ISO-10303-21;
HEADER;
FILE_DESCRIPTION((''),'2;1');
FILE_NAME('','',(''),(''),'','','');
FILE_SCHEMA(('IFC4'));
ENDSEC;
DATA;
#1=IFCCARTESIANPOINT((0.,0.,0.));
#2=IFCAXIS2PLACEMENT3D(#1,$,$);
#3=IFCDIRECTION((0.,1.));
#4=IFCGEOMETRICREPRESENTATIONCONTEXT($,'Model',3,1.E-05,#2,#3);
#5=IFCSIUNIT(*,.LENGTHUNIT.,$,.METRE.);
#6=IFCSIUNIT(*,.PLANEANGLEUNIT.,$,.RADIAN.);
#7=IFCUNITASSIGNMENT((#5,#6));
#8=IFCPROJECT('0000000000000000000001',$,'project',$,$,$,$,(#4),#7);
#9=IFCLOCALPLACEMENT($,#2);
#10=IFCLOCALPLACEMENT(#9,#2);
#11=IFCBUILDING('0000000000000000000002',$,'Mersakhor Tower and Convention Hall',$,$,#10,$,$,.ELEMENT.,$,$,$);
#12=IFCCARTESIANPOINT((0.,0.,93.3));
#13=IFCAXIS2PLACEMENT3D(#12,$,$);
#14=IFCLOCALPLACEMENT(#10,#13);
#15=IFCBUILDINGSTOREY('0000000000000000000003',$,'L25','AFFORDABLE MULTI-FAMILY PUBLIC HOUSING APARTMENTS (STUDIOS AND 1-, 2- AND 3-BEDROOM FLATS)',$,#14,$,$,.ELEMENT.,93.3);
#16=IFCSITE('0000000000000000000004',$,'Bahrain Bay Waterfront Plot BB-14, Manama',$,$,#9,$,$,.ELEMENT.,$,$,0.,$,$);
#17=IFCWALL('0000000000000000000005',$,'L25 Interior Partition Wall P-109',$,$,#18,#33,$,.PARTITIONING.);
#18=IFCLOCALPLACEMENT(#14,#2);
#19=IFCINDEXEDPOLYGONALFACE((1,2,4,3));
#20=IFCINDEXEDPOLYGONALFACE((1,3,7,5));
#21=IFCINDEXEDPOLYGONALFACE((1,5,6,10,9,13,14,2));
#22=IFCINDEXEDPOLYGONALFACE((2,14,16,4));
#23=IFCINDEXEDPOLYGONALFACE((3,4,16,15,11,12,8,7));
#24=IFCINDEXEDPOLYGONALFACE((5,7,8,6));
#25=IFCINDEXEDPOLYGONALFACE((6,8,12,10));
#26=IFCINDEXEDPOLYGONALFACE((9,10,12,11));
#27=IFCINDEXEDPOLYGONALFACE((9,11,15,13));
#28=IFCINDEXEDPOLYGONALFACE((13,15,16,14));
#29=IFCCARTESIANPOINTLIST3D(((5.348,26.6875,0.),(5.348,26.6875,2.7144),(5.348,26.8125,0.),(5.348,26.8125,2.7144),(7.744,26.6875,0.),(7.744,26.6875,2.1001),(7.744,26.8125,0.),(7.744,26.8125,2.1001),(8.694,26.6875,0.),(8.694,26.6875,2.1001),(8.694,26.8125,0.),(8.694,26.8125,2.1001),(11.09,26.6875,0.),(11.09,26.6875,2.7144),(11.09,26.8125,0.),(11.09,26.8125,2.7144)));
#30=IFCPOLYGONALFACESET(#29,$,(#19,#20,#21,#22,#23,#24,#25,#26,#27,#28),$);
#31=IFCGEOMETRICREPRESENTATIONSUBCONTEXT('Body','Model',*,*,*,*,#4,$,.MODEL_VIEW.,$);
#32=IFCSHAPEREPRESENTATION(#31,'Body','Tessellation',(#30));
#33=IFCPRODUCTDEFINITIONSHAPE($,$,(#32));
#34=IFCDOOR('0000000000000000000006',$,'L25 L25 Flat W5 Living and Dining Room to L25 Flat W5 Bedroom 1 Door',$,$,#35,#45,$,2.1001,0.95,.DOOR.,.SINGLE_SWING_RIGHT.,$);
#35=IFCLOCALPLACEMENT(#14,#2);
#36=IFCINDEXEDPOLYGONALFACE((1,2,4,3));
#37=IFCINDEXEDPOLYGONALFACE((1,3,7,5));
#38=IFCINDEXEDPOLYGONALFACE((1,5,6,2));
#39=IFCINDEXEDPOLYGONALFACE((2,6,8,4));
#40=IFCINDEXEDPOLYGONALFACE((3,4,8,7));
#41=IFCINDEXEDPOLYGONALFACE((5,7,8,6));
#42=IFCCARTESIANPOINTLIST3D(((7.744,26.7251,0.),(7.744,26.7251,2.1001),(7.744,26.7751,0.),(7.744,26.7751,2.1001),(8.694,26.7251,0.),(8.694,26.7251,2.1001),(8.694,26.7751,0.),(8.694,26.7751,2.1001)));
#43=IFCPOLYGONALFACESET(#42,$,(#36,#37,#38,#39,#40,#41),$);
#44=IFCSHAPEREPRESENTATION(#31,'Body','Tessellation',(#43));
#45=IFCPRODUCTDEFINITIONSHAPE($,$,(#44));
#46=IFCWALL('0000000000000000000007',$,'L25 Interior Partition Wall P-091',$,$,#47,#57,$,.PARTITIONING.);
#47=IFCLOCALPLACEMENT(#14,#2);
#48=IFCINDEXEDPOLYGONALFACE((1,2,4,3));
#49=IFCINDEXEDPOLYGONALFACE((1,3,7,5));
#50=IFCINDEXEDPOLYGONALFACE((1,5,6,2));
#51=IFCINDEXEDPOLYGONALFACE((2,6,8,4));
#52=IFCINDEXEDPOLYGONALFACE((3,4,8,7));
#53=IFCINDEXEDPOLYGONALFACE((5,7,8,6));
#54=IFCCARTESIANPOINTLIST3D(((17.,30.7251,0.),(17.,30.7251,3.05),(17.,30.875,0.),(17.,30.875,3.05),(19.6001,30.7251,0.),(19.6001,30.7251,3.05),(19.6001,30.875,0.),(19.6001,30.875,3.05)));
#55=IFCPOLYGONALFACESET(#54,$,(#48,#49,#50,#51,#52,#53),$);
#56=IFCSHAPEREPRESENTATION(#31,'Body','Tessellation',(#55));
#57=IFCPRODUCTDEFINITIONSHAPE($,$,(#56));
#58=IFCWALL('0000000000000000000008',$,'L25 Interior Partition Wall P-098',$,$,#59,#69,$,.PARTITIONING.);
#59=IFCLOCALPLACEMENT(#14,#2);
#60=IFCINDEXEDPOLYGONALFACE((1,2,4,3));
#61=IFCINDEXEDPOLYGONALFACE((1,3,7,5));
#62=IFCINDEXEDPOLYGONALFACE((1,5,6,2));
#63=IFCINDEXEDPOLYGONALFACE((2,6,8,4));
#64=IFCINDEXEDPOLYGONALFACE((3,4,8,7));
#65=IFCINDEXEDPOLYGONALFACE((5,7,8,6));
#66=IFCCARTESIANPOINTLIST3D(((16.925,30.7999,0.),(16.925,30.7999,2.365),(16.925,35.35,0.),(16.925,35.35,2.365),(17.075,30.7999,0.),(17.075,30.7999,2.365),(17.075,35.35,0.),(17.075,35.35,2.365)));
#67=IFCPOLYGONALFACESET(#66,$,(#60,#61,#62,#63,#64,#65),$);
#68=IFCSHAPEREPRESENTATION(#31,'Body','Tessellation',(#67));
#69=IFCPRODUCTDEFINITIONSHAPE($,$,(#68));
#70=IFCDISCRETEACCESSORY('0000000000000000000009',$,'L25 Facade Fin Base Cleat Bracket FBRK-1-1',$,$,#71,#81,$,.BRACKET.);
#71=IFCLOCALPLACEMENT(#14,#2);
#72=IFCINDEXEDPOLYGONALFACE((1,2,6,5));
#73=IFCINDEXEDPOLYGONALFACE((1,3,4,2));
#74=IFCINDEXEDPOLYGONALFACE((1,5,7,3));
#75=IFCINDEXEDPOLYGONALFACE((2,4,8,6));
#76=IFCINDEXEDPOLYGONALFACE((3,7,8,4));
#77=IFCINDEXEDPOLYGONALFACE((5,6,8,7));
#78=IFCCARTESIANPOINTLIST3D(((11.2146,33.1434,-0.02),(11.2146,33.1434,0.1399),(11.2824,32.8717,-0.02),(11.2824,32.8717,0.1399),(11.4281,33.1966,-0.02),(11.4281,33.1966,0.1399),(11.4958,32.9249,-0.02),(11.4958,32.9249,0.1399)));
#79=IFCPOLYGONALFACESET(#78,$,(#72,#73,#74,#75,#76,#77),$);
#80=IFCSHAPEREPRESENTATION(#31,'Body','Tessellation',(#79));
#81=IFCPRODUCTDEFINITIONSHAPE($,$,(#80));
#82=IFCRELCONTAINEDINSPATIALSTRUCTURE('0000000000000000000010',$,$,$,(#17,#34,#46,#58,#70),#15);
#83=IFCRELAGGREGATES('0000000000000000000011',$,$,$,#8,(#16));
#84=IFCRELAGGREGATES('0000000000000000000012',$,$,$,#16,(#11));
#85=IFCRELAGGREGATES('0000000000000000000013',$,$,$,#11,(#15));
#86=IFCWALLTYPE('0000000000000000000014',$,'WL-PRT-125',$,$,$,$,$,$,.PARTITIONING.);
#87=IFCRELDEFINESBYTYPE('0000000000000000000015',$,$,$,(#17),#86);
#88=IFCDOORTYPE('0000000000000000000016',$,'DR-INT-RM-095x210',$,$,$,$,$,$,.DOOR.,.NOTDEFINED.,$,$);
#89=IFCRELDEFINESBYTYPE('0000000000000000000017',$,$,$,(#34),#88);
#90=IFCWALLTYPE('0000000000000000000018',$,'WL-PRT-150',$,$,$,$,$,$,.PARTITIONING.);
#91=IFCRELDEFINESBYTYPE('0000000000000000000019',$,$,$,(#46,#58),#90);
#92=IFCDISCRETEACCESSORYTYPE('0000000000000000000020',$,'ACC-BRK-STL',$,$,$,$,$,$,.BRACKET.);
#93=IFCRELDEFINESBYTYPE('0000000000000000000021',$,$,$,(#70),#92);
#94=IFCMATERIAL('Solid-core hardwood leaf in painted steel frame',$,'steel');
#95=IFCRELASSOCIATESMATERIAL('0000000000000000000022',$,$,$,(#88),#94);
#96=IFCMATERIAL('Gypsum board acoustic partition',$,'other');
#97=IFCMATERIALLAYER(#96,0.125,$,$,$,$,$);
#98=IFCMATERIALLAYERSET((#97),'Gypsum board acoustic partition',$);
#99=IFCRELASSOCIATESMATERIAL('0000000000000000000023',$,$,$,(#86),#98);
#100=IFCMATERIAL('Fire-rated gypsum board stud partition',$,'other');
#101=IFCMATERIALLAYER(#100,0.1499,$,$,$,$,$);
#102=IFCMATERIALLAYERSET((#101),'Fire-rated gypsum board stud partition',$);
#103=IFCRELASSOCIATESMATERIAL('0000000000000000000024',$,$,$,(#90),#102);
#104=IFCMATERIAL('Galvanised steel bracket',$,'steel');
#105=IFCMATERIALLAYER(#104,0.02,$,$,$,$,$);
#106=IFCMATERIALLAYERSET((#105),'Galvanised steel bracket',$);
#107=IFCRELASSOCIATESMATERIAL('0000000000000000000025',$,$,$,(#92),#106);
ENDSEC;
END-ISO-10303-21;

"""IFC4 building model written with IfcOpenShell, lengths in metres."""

from ifc_helpers import new_model, si_unit, direction, frame, frame_2d, origin, origin_2d, place, context, subcontext, project, spatial, rectangle, extrude, material, layer, layer_set, type_object, element, fill, save


model = new_model("IFC4")

# Units and contexts
model_context = context("Model", 3, precision=1e-05, world=origin(), true_north=direction((0.0, 1.0)))
body_context = subcontext(model_context, "Body", "Model", "MODEL_VIEW")
ifc_project = project(units=[si_unit("LENGTHUNIT", "METRE"), si_unit("PLANEANGLEUNIT", "RADIAN")], contexts=[model_context])

# Site, building, storey
site_placement = place(None, origin())
site = spatial("IfcSite", under=ifc_project, at=site_placement, Name="Bahrain Bay Waterfront Plot BB-14, Manama", CompositionType="ELEMENT", RefElevation=0.0)
building_placement = place(site_placement, origin())
building = spatial("IfcBuilding", under=site, at=building_placement, Name="Mersakhor Tower and Convention Hall", CompositionType="ELEMENT")
storey_placement = place(building_placement, frame((0.0, 0.0, 93.3)))
storey = spatial("IfcBuildingStorey", under=building, at=storey_placement, Name="L25", Description="AFFORDABLE MULTI-FAMILY PUBLIC HOUSING APARTMENTS (STUDIOS AND 1-, 2- AND 3-BEDROOM FLATS)", CompositionType="ELEMENT", Elevation=93.3)

# Wall, opening, door
ifc_material_1 = material(Name="Solid-core hardwood leaf in painted steel frame", Category="steel")
door_type_1 = type_object("IfcDoorType", Name="DR-INT-RM-095x210", OperationType="NOTDEFINED", PredefinedType="DOOR", material=ifc_material_1)
ifc_material_2 = material(Name="Gypsum board acoustic partition", Category="other")
ifc_layer_1 = layer(ifc_material_2, 0.125)
ifc_layer_set_1 = layer_set([ifc_layer_1], Name="Gypsum board acoustic partition")
wall_type_1 = type_object("IfcWallType", Name="WL-PRT-125", PredefinedType="PARTITIONING", material=ifc_layer_set_1)
wall_1_placement = place(storey_placement, frame((11.0901, 26.75, 0.0), z_axis=(0.0, 0.0, 1.0), x_axis=(-1.0, 0.0, 0.0)))
wall_1 = element("IfcWall", 1, at=wall_1_placement, inside=storey, type_object=wall_type_1, Name="L25 Interior Partition Wall P-109", PredefinedType="PARTITIONING", context=body_context, shape_type="SweptSolid", body=[
    extrude(rectangle(XDim=5.7419, YDim=0.125, at=frame_2d((2.8711, 0.0))), origin(), (0.0, 0.0, 1.0), 2.7144),
])
opening_1_placement = place(wall_1_placement, frame((2.396, 0.0, 0.0)))
opening_1 = element("IfcOpeningElement", 2, at=opening_1_placement, cuts=wall_1, PredefinedType="OPENING", context=body_context, shape_type="SweptSolid", body=[
    extrude(rectangle(XDim=0.95, YDim=2.1001, at=frame_2d((0.4751, 1.05))), frame((0.0, 0.0725, 0.0), z_axis=(0.0, -1.0, 0.0), x_axis=(1.0, 0.0, 0.0)), (0.0, 0.0, 1.0), 0.145),
])
door_1_placement = place(opening_1_placement, origin())
door_1 = element("IfcDoor", 3, at=door_1_placement, inside=storey, type_object=door_type_1, Name="L25 L25 Flat W5 Living and Dining Room to L25 Flat W5 Bedroom 1 Door", OperationType="SINGLE_SWING_RIGHT", OverallHeight=2.1001, OverallWidth=0.95, PredefinedType="DOOR", context=body_context, shape_type="SweptSolid", body=[
    extrude(rectangle(XDim=0.95, YDim=2.1001, at=frame_2d((0.4751, 1.05))), frame((0.0, 0.0249, 0.0), z_axis=(0.0, -1.0, 0.0), x_axis=(1.0, 0.0, 0.0)), (0.0, 0.0, 1.0), 0.05),
])
fill(opening_1, door_1)

# Walls
ifc_material_3 = material(Name="Fire-rated gypsum board stud partition", Category="other")
ifc_layer_2 = layer(ifc_material_3, 0.1499)
ifc_layer_set_2 = layer_set([ifc_layer_2], Name="Fire-rated gypsum board stud partition")
wall_type_2 = type_object("IfcWallType", Name="WL-PRT-150", PredefinedType="PARTITIONING", material=ifc_layer_set_2)
wall_2_placement = place(storey_placement, frame((17.0, 30.8, 0.0), z_axis=(0.0, 0.0, 1.0), x_axis=(1.0, 0.0, 0.0)))
element("IfcWall", 4, at=wall_2_placement, inside=storey, type_object=wall_type_2, Name="L25 Interior Partition Wall P-091", PredefinedType="PARTITIONING", context=body_context, shape_type="SweptSolid", body=[
    extrude(rectangle(XDim=2.6001, YDim=0.1499, at=frame_2d((1.3, 0.0))), origin(), (0.0, 0.0, 1.0), 3.05),
])
wall_3_placement = place(storey_placement, frame((17.0, 30.8, 0.0), z_axis=(0.0, 0.0, 1.0), x_axis=(0.0, 1.0, 0.0)))
element("IfcWall", 5, at=wall_3_placement, inside=storey, type_object=wall_type_2, Name="L25 Interior Partition Wall P-098", PredefinedType="PARTITIONING", context=body_context, shape_type="SweptSolid", body=[
    extrude(rectangle(XDim=4.55, YDim=0.1499, at=frame_2d((2.2749, 0.0))), origin(), (0.0, 0.0, 1.0), 2.365),
])

# Discrete accessory
ifc_material_4 = material(Name="Galvanised steel bracket", Category="steel")
ifc_layer_3 = layer(ifc_material_4, 0.02)
ifc_layer_set_3 = layer_set([ifc_layer_3], Name="Galvanised steel bracket")
discrete_accessory_type = type_object("IfcDiscreteAccessoryType", Name="ACC-BRK-STL", PredefinedType="BRACKET", material=ifc_layer_set_3)
discrete_accessory_placement = place(storey_placement, frame((11.3552, 33.0342, -0.02), z_axis=(0.0, 0.0, 1.0), x_axis=(-0.241922, 0.970296, 0.0)))
element("IfcDiscreteAccessory", 6, at=discrete_accessory_placement, inside=storey, type_object=discrete_accessory_type, Name="L25 Facade Fin Base Cleat Bracket FBRK-1-1", PredefinedType="BRACKET", context=body_context, shape_type="SweptSolid", body=[
    extrude(rectangle(XDim=0.28, YDim=0.22, at=origin_2d()), origin(), (0.0, 0.0, 1.0), 0.1599),
])

save(model, "model.ifc")
